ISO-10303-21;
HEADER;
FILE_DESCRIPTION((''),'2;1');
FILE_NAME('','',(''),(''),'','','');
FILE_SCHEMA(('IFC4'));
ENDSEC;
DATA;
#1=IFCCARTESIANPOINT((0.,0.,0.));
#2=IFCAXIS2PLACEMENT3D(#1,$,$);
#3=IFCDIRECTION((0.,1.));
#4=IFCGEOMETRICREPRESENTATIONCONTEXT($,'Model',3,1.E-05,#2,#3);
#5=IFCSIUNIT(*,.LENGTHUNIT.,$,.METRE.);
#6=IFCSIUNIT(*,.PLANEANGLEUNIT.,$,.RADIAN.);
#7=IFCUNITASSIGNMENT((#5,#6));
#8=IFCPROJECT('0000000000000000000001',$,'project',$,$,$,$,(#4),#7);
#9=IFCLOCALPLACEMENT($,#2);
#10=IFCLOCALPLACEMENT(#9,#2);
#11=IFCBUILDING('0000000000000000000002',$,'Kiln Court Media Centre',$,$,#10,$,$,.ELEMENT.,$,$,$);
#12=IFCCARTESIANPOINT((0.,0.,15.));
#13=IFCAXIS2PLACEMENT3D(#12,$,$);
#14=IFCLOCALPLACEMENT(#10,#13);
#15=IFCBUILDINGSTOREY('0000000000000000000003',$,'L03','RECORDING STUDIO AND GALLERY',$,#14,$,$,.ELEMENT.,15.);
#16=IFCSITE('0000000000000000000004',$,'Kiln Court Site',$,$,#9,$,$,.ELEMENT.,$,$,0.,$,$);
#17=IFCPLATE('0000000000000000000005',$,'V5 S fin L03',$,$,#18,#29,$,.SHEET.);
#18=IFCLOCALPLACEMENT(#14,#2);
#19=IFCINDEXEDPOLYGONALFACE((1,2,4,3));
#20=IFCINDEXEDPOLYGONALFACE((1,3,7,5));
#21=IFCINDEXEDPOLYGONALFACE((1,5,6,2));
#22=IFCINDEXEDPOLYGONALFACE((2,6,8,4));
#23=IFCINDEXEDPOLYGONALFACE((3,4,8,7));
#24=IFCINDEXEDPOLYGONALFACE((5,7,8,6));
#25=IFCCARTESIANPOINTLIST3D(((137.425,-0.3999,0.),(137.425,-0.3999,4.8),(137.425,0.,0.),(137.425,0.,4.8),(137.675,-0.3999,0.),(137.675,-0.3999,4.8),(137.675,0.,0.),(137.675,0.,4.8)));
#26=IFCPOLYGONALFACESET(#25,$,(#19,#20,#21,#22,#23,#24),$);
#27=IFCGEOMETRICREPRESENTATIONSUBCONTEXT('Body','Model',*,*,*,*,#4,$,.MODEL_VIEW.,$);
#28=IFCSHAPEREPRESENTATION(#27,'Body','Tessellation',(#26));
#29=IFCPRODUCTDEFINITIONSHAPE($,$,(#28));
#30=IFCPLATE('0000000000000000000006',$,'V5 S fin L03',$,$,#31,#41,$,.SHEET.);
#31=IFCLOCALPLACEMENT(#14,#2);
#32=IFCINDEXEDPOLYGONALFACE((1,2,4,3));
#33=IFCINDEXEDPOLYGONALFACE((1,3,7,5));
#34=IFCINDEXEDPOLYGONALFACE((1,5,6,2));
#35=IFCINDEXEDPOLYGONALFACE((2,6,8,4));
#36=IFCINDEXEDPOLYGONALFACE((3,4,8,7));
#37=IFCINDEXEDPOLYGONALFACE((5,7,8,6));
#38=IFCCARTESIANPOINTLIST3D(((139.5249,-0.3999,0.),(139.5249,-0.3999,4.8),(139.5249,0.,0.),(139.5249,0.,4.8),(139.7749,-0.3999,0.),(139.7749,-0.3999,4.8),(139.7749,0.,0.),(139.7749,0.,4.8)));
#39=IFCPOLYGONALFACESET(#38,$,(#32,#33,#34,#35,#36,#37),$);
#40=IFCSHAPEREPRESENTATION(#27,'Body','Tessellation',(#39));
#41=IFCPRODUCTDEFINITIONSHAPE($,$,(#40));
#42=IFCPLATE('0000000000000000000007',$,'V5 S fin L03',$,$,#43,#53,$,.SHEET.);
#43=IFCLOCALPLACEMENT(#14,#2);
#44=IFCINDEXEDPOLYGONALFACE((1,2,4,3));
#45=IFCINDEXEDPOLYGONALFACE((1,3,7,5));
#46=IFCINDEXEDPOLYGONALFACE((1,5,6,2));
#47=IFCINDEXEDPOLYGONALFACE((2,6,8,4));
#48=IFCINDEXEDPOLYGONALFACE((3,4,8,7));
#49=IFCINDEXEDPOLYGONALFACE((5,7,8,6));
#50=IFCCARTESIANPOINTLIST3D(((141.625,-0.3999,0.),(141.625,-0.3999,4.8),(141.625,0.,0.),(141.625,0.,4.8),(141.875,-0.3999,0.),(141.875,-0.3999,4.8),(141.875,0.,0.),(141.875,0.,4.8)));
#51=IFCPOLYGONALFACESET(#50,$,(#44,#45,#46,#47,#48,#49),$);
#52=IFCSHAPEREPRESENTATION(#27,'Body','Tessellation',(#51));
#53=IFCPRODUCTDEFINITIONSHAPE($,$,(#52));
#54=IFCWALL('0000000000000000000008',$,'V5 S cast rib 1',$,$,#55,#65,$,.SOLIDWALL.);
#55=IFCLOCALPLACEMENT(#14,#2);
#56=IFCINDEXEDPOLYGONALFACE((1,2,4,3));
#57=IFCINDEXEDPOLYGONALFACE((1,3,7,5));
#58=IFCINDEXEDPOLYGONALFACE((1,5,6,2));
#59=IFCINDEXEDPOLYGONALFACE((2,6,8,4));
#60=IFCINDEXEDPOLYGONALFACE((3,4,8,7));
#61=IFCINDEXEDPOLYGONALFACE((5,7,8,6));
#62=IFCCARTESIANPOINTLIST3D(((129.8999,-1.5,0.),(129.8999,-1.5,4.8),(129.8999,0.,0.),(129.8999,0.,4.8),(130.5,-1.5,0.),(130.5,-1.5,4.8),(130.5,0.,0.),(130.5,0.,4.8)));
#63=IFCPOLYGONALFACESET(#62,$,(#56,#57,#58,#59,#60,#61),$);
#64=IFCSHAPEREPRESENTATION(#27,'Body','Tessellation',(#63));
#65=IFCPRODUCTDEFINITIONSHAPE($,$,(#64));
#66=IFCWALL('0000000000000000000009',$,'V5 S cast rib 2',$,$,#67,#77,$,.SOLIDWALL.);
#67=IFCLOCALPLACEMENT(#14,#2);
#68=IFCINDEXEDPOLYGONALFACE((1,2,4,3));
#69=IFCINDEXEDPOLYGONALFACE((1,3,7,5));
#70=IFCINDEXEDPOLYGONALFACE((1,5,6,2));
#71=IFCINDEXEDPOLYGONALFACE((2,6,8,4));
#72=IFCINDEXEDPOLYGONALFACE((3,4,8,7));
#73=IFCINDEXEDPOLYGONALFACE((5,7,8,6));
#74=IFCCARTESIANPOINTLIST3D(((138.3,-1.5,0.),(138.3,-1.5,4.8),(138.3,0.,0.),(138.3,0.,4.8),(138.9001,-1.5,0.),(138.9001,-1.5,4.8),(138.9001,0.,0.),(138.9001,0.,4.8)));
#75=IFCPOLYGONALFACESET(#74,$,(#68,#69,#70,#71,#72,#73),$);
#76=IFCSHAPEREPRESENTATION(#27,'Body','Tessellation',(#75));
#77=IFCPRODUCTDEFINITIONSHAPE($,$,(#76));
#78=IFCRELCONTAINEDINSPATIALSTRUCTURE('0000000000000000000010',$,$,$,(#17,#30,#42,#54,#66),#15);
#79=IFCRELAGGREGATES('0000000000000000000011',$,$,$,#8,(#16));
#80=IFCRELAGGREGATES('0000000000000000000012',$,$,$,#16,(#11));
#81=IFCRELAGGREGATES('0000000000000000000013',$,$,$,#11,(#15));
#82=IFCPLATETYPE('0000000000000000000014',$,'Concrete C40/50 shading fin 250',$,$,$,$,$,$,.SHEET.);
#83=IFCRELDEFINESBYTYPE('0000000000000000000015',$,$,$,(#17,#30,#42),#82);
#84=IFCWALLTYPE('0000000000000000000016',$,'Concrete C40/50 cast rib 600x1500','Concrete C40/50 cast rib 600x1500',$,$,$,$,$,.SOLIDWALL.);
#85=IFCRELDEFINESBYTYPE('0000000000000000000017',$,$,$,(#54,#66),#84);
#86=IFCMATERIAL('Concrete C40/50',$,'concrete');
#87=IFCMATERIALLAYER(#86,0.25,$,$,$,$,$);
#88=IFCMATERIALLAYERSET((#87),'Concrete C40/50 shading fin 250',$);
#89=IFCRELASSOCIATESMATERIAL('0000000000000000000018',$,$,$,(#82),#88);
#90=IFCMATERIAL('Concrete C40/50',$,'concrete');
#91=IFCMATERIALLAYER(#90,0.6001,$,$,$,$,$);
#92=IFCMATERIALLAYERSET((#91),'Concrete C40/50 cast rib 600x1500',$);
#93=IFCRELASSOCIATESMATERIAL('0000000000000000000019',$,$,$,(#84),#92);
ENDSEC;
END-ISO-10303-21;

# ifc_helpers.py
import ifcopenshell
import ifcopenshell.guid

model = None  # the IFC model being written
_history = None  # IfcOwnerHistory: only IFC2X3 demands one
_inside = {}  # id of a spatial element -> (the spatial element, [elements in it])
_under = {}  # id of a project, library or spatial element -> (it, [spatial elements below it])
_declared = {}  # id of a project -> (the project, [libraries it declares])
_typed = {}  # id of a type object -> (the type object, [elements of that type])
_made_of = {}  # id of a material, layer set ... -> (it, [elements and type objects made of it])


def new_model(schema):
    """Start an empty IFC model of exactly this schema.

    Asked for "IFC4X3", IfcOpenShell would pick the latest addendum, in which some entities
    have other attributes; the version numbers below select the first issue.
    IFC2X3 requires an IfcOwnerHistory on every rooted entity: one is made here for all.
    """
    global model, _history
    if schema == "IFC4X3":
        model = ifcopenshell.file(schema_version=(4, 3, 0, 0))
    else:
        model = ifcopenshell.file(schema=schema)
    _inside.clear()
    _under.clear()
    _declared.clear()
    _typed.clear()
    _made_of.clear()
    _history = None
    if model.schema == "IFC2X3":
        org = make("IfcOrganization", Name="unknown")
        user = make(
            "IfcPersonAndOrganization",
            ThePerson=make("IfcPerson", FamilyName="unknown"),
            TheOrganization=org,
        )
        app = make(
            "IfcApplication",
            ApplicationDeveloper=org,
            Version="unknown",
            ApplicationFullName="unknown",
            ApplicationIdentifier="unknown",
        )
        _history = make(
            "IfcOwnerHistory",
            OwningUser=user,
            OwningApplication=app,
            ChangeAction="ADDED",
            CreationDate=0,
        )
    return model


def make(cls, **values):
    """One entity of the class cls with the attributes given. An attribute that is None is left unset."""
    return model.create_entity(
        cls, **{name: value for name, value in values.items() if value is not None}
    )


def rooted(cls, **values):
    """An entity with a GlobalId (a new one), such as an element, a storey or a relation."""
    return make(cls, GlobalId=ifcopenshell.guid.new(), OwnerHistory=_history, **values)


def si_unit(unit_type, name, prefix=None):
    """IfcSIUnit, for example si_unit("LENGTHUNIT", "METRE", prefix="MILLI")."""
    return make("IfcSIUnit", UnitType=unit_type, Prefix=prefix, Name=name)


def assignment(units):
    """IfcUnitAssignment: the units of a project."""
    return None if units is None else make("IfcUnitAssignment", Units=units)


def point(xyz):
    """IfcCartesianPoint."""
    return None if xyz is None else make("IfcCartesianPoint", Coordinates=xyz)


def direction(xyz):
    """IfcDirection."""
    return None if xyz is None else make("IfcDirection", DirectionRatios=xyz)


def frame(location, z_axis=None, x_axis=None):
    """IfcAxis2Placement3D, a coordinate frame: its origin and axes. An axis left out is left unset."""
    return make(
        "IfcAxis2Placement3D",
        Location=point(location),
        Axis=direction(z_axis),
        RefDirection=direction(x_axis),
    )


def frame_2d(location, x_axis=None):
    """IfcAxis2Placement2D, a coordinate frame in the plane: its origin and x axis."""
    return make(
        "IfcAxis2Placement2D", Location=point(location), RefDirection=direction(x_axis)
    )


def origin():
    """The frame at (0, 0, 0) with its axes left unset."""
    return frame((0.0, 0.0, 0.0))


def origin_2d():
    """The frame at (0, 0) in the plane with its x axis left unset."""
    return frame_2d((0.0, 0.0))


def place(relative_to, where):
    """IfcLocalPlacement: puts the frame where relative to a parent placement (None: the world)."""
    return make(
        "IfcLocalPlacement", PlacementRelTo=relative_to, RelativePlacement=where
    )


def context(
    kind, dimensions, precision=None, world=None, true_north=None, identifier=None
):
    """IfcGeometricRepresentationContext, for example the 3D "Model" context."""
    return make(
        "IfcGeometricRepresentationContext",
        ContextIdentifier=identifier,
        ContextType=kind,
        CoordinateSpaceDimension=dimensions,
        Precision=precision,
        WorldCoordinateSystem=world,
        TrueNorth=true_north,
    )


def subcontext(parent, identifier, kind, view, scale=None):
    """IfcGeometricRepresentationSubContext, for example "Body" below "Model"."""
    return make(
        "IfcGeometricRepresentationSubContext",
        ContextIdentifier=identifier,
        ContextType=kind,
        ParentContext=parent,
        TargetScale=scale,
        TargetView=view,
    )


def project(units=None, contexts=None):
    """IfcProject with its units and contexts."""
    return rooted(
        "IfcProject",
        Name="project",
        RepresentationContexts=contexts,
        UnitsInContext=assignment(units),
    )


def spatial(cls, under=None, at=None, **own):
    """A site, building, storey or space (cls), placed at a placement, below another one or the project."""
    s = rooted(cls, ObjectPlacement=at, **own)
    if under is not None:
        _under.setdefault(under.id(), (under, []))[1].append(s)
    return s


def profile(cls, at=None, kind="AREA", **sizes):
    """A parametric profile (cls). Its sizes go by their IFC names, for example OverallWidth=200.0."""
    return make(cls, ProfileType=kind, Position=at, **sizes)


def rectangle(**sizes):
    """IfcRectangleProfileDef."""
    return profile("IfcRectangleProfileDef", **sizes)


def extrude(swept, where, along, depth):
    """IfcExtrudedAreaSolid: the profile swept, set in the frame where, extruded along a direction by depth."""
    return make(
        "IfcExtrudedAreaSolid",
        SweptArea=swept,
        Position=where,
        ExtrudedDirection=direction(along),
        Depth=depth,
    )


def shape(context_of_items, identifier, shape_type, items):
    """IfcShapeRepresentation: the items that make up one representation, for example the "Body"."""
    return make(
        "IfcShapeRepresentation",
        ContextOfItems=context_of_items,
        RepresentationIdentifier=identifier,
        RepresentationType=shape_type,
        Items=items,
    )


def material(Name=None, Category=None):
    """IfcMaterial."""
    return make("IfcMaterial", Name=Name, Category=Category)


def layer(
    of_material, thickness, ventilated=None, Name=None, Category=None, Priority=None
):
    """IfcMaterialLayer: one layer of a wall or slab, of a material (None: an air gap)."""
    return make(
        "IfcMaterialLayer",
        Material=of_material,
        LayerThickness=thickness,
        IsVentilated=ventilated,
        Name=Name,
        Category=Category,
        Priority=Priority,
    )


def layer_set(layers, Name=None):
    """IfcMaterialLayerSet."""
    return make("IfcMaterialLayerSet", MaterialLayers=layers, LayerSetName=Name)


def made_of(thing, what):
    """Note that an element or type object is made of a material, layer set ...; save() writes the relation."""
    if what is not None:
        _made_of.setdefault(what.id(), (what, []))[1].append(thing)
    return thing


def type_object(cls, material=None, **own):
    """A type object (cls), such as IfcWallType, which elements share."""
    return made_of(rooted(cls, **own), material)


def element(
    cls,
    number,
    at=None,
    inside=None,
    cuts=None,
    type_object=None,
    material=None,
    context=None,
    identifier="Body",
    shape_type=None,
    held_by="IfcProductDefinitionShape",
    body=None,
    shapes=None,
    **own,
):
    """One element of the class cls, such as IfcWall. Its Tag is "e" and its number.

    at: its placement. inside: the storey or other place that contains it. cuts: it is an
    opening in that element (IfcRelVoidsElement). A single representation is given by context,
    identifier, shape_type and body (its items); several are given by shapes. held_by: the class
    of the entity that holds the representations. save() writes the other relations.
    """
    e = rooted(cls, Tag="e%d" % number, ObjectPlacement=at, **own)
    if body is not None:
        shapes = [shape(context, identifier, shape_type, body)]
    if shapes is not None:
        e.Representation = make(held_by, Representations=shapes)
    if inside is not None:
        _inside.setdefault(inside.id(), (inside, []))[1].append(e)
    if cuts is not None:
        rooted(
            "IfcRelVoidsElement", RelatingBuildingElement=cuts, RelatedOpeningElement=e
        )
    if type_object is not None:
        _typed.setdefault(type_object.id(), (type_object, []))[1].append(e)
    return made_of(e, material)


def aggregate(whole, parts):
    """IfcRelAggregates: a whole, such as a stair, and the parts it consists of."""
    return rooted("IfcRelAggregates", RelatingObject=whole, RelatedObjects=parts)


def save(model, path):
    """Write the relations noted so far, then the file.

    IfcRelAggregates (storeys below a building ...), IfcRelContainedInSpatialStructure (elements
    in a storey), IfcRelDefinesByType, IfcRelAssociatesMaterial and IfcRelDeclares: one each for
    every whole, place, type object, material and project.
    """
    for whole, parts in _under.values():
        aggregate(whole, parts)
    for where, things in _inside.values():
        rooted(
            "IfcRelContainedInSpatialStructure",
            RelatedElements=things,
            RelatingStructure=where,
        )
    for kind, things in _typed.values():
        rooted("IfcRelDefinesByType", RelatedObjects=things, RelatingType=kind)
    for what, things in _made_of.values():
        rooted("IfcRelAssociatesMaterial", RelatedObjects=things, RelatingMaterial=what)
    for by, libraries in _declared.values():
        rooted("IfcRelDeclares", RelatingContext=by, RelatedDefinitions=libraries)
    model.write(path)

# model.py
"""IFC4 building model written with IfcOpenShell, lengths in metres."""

from ifc_helpers import new_model, si_unit, direction, frame, frame_2d, origin, origin_2d, place, context, subcontext, project, spatial, rectangle, extrude, material, layer, layer_set, type_object, element, save


model = new_model("IFC4")

# Units and contexts
model_context = context("Model", 3, precision=1e-05, world=origin(), true_north=direction((0.0, 1.0)))
body_context = subcontext(model_context, "Body", "Model", "MODEL_VIEW")
ifc_project = project(units=[si_unit("LENGTHUNIT", "METRE"), si_unit("PLANEANGLEUNIT", "RADIAN")], contexts=[model_context])

# Site, building, storey
site_placement = place(None, origin())
site = spatial("IfcSite", under=ifc_project, at=site_placement, Name="Kiln Court Site", CompositionType="ELEMENT", RefElevation=0.0)
building_placement = place(site_placement, origin())
building = spatial("IfcBuilding", under=site, at=building_placement, Name="Kiln Court Media Centre", CompositionType="ELEMENT")
storey_placement = place(building_placement, frame((0.0, 0.0, 15.0)))
storey = spatial("IfcBuildingStorey", under=building, at=storey_placement, Name="L03", Description="RECORDING STUDIO AND GALLERY", CompositionType="ELEMENT", Elevation=15.0)

# Plates
ifc_material_1 = material(Name="Concrete C40/50", Category="concrete")
ifc_layer_1 = layer(ifc_material_1, 0.25)
ifc_layer_set_1 = layer_set([ifc_layer_1], Name="Concrete C40/50 shading fin 250")
plate_type = type_object("IfcPlateType", Name="Concrete C40/50 shading fin 250", PredefinedType="SHEET", material=ifc_layer_set_1)
for number, where, z_axis, x_axis, name in (
    (1, (137.55, -0.2, 0.0), (0.0, 0.0, 1.0), (1.0, 0.0, 0.0), "V5 S fin L03"),
    (2, (139.6499, -0.2, 0.0), (0.0, 0.0, 1.0), (1.0, 0.0, 0.0), "V5 S fin L03"),
    (3, (141.75, -0.2, 0.0), (0.0, 0.0, 1.0), (1.0, 0.0, 0.0), "V5 S fin L03"),
):
    element("IfcPlate", number, at=place(storey_placement, frame(where, z_axis=z_axis, x_axis=x_axis)), inside=storey, type_object=plate_type, Name=name, PredefinedType="SHEET", context=body_context, shape_type="SweptSolid", body=[
        extrude(rectangle(XDim=0.25, YDim=0.3999, at=origin_2d()), origin(), (0.0, 0.0, 1.0), 4.8),
    ])

# Walls
ifc_material_2 = material(Name="Concrete C40/50", Category="concrete")
ifc_layer_2 = layer(ifc_material_2, 0.6001)
ifc_layer_set_2 = layer_set([ifc_layer_2], Name="Concrete C40/50 cast rib 600x1500")
wall_type = type_object("IfcWallType", Name="Concrete C40/50 cast rib 600x1500", Description="Concrete C40/50 cast rib 600x1500", PredefinedType="SOLIDWALL", material=ifc_layer_set_2)
for number, where, z_axis, x_axis, name in (
    (4, (130.2, 0.0, 0.0), (0.0, 0.0, 1.0), (0.0, -1.0, 0.0), "V5 S cast rib 1"),
    (5, (138.6001, 0.0, 0.0), (0.0, 0.0, 1.0), (0.0, -1.0, 0.0), "V5 S cast rib 2"),
):
    element("IfcWall", number, at=place(storey_placement, frame(where, z_axis=z_axis, x_axis=x_axis)), inside=storey, type_object=wall_type, Name=name, PredefinedType="SOLIDWALL", context=body_context, shape_type="SweptSolid", body=[
        extrude(rectangle(XDim=1.5, YDim=0.6001, at=frame_2d((0.75, 0.0))), origin(), (0.0, 0.0, 1.0), 4.8),
    ])

save(model, "model.ifc")
